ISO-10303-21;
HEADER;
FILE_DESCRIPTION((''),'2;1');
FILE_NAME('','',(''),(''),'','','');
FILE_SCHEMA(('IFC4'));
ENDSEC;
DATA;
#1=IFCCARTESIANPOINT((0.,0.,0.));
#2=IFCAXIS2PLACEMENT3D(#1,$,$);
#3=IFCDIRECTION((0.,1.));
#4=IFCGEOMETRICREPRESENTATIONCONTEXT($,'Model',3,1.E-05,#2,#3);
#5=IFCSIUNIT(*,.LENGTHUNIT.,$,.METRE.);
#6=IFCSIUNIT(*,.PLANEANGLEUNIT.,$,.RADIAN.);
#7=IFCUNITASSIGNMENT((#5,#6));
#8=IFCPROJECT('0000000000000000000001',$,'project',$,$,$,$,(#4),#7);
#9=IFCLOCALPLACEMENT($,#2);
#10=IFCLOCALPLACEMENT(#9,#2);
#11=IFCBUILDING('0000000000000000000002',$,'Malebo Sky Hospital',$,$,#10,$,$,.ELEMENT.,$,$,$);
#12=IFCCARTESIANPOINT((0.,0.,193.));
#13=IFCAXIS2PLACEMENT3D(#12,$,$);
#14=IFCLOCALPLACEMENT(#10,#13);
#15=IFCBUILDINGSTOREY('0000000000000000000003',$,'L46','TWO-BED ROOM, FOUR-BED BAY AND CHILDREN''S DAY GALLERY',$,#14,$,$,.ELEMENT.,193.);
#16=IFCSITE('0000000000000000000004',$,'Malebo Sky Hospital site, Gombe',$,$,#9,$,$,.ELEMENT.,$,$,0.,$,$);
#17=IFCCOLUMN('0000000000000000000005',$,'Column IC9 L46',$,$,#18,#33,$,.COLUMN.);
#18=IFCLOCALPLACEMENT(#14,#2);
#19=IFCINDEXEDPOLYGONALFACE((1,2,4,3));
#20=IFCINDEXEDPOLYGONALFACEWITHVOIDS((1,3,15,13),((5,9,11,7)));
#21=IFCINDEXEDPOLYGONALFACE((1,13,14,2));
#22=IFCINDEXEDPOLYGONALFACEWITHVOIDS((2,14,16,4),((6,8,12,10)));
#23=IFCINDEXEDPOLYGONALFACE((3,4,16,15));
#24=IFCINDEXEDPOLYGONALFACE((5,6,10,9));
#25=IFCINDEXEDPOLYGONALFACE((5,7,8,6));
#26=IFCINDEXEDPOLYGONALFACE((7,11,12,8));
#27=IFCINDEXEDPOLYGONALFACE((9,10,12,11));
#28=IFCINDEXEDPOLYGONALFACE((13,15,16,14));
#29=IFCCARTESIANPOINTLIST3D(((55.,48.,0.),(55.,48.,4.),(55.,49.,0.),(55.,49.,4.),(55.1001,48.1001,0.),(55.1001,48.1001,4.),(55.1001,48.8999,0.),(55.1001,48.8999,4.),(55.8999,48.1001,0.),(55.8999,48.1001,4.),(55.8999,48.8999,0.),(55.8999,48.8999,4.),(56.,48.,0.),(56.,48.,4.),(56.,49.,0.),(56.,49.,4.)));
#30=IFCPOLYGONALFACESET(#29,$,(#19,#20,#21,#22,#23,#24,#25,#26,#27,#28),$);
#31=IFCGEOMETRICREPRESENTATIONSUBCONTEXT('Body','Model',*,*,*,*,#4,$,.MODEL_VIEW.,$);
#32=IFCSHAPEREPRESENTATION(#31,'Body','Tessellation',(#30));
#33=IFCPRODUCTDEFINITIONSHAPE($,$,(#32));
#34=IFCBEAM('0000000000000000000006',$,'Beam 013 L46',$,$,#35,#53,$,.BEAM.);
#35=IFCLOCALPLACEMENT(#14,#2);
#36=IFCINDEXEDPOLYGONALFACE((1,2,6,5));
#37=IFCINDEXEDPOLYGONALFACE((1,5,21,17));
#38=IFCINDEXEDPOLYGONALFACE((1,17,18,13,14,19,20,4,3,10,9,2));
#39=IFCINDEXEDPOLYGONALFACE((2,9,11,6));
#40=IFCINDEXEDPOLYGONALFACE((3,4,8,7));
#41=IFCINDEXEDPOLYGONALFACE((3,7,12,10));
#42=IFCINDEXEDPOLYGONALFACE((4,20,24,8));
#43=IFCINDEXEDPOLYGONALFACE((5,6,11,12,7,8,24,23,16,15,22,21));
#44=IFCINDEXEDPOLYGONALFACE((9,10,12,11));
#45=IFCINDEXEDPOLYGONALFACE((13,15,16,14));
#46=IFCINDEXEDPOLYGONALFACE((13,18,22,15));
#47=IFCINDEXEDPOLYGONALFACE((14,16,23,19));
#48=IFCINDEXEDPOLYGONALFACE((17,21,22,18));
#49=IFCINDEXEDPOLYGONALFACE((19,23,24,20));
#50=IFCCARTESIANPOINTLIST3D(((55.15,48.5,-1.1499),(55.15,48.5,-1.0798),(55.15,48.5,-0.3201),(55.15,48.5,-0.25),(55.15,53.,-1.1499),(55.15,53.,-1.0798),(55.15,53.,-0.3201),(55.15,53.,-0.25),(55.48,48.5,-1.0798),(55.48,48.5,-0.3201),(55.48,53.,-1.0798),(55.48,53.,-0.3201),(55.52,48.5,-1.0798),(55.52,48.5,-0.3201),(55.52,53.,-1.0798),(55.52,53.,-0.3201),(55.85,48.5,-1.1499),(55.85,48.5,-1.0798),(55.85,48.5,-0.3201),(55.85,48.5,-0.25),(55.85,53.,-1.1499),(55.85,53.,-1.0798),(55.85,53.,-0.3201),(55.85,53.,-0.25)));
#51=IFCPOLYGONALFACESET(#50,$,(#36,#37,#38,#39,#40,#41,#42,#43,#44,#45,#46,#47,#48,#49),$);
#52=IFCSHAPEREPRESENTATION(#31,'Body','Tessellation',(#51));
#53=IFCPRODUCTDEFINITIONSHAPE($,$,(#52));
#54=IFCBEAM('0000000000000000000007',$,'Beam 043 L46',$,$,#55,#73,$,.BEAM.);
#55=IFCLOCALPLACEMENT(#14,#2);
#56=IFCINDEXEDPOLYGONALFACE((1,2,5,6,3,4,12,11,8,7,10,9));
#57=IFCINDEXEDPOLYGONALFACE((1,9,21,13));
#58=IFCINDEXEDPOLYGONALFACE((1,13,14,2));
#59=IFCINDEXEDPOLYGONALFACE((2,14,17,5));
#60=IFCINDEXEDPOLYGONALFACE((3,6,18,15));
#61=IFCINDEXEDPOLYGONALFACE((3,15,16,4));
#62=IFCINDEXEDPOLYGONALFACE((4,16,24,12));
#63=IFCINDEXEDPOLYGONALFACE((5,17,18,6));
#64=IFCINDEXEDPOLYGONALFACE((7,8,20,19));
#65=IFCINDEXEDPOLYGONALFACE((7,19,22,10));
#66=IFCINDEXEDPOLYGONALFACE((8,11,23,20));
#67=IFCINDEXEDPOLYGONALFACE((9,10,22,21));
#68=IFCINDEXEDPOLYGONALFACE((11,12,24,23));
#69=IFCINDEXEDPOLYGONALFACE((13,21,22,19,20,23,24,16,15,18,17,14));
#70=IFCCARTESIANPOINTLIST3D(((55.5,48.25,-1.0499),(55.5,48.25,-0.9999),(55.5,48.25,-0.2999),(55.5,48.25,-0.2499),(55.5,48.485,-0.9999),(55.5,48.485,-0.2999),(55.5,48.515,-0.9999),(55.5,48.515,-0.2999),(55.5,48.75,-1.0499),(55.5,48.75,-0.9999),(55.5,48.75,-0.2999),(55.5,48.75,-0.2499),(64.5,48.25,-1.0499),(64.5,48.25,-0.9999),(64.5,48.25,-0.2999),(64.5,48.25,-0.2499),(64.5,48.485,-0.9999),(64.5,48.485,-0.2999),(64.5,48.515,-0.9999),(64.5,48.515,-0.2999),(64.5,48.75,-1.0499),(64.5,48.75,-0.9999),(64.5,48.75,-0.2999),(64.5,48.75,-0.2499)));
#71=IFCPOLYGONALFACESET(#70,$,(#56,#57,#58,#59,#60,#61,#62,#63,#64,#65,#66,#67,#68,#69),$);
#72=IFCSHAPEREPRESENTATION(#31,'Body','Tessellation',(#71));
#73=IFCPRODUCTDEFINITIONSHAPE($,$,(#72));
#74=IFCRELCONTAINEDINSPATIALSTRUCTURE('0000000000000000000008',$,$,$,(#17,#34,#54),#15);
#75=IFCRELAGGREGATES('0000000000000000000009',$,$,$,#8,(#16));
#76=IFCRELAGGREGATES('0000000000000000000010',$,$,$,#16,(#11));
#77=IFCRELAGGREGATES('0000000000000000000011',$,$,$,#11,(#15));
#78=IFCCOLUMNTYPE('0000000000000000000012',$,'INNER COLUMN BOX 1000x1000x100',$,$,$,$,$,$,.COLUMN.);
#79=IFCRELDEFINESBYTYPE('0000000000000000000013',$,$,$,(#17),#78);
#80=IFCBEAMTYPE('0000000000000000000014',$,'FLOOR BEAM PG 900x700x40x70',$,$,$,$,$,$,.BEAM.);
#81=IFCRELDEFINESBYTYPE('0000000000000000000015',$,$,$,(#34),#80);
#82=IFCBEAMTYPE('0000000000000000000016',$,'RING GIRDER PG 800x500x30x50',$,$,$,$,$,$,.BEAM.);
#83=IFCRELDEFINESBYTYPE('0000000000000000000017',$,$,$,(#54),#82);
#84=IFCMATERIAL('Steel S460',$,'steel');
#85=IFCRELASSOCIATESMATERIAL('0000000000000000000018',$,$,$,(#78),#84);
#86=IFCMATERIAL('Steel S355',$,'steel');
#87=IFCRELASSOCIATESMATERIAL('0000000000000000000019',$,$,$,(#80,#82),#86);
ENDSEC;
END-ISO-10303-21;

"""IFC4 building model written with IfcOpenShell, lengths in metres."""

from ifc_helpers import new_model, si_unit, direction, frame, origin, origin_2d, place, context, subcontext, project, spatial, hollow_rectangle, i_section, extrude, material, material_profile, profile_set, type_object, element, save


model = new_model("IFC4")

# Units and contexts
model_context = context("Model", 3, precision=1e-05, world=origin(), true_north=direction((0.0, 1.0)))
body_context = subcontext(model_context, "Body", "Model", "MODEL_VIEW")
ifc_project = project(units=[si_unit("LENGTHUNIT", "METRE"), si_unit("PLANEANGLEUNIT", "RADIAN")], contexts=[model_context])

# Site, building, storey
site_placement = place(None, origin())
site = spatial("IfcSite", under=ifc_project, at=site_placement, Name="Malebo Sky Hospital site, Gombe", CompositionType="ELEMENT", RefElevation=0.0)
building_placement = place(site_placement, origin())
building = spatial("IfcBuilding", under=site, at=building_placement, Name="Malebo Sky Hospital", CompositionType="ELEMENT")
storey_placement = place(building_placement, frame((0.0, 0.0, 193.0)))
storey = spatial("IfcBuildingStorey", under=building, at=storey_placement, Name="L46", Description="TWO-BED ROOM, FOUR-BED BAY AND CHILDREN'S DAY GALLERY", CompositionType="ELEMENT", Elevation=193.0)

# Column
ifc_material_1 = material(Name="Steel S460", Category="steel")
ifc_material_profile_1 = material_profile(ifc_material_1, hollow_rectangle(XDim=1.0, YDim=1.0, WallThickness=0.1001, at=origin_2d()), Name="BOX 1000x1000x100")
ifc_profile_set_1 = profile_set([ifc_material_profile_1], Name="Steel S460")
column_type = type_object("IfcColumnType", Name="INNER COLUMN BOX 1000x1000x100", PredefinedType="COLUMN", material=ifc_profile_set_1)
column_placement = place(storey_placement, frame((55.5, 48.5, 0.0), z_axis=(0.0, 0.0, 1.0), x_axis=(1.0, 0.0, 0.0)))
element("IfcColumn", 1, at=column_placement, inside=storey, type_object=column_type, Name="Column IC9 L46", PredefinedType="COLUMN", context=body_context, shape_type="SweptSolid", body=[
    extrude(hollow_rectangle(XDim=1.0, YDim=1.0, WallThickness=0.1001, at=origin_2d()), origin(), (0.0, 0.0, 1.0), 4.0),
])

# Beams
ifc_material_2 = material(Name="Steel S355", Category="steel")
ifc_material_profile_2 = material_profile(ifc_material_2, i_section(OverallWidth=0.7, OverallDepth=0.8999, WebThickness=0.04, FlangeThickness=0.0701, at=origin_2d()), Name="PG 900x700x40x70")
ifc_profile_set_2 = profile_set([ifc_material_profile_2], Name="Steel S355")
beam_type_1 = type_object("IfcBeamType", Name="FLOOR BEAM PG 900x700x40x70", PredefinedType="BEAM", material=ifc_profile_set_2)
beam_1_placement = place(storey_placement, frame((55.5, 48.5, -0.7), z_axis=(0.0, 1.0, 0.0), x_axis=(-1.0, 0.0, 0.0)))
element("IfcBeam", 2, at=beam_1_placement, inside=storey, type_object=beam_type_1, Name="Beam 013 L46", PredefinedType="BEAM", context=body_context, shape_type="SweptSolid", body=[
    extrude(i_section(OverallWidth=0.7, OverallDepth=0.8999, WebThickness=0.04, FlangeThickness=0.0701, at=origin_2d()), origin(), (0.0, 0.0, 1.0), 4.5),
])
ifc_material_profile_3 = material_profile(ifc_material_2, i_section(OverallWidth=0.5, OverallDepth=0.8, WebThickness=0.03, FlangeThickness=0.05, at=origin_2d()), Name="PG 800x500x30x50")
ifc_profile_set_3 = profile_set([ifc_material_profile_3], Name="Steel S355")
beam_type_2 = type_object("IfcBeamType", Name="RING GIRDER PG 800x500x30x50", PredefinedType="BEAM", material=ifc_profile_set_3)
beam_2_placement = place(storey_placement, frame((55.5, 48.5, -0.6499), z_axis=(1.0, 0.0, 0.0), x_axis=(0.0, 1.0, 0.0)))
element("IfcBeam", 3, at=beam_2_placement, inside=storey, type_object=beam_type_2, Name="Beam 043 L46", PredefinedType="BEAM", context=body_context, shape_type="SweptSolid", body=[
    extrude(i_section(OverallWidth=0.5, OverallDepth=0.8, WebThickness=0.03, FlangeThickness=0.05, at=origin_2d()), origin(), (0.0, 0.0, 1.0), 9.0),
])

save(model, "model.ifc")
